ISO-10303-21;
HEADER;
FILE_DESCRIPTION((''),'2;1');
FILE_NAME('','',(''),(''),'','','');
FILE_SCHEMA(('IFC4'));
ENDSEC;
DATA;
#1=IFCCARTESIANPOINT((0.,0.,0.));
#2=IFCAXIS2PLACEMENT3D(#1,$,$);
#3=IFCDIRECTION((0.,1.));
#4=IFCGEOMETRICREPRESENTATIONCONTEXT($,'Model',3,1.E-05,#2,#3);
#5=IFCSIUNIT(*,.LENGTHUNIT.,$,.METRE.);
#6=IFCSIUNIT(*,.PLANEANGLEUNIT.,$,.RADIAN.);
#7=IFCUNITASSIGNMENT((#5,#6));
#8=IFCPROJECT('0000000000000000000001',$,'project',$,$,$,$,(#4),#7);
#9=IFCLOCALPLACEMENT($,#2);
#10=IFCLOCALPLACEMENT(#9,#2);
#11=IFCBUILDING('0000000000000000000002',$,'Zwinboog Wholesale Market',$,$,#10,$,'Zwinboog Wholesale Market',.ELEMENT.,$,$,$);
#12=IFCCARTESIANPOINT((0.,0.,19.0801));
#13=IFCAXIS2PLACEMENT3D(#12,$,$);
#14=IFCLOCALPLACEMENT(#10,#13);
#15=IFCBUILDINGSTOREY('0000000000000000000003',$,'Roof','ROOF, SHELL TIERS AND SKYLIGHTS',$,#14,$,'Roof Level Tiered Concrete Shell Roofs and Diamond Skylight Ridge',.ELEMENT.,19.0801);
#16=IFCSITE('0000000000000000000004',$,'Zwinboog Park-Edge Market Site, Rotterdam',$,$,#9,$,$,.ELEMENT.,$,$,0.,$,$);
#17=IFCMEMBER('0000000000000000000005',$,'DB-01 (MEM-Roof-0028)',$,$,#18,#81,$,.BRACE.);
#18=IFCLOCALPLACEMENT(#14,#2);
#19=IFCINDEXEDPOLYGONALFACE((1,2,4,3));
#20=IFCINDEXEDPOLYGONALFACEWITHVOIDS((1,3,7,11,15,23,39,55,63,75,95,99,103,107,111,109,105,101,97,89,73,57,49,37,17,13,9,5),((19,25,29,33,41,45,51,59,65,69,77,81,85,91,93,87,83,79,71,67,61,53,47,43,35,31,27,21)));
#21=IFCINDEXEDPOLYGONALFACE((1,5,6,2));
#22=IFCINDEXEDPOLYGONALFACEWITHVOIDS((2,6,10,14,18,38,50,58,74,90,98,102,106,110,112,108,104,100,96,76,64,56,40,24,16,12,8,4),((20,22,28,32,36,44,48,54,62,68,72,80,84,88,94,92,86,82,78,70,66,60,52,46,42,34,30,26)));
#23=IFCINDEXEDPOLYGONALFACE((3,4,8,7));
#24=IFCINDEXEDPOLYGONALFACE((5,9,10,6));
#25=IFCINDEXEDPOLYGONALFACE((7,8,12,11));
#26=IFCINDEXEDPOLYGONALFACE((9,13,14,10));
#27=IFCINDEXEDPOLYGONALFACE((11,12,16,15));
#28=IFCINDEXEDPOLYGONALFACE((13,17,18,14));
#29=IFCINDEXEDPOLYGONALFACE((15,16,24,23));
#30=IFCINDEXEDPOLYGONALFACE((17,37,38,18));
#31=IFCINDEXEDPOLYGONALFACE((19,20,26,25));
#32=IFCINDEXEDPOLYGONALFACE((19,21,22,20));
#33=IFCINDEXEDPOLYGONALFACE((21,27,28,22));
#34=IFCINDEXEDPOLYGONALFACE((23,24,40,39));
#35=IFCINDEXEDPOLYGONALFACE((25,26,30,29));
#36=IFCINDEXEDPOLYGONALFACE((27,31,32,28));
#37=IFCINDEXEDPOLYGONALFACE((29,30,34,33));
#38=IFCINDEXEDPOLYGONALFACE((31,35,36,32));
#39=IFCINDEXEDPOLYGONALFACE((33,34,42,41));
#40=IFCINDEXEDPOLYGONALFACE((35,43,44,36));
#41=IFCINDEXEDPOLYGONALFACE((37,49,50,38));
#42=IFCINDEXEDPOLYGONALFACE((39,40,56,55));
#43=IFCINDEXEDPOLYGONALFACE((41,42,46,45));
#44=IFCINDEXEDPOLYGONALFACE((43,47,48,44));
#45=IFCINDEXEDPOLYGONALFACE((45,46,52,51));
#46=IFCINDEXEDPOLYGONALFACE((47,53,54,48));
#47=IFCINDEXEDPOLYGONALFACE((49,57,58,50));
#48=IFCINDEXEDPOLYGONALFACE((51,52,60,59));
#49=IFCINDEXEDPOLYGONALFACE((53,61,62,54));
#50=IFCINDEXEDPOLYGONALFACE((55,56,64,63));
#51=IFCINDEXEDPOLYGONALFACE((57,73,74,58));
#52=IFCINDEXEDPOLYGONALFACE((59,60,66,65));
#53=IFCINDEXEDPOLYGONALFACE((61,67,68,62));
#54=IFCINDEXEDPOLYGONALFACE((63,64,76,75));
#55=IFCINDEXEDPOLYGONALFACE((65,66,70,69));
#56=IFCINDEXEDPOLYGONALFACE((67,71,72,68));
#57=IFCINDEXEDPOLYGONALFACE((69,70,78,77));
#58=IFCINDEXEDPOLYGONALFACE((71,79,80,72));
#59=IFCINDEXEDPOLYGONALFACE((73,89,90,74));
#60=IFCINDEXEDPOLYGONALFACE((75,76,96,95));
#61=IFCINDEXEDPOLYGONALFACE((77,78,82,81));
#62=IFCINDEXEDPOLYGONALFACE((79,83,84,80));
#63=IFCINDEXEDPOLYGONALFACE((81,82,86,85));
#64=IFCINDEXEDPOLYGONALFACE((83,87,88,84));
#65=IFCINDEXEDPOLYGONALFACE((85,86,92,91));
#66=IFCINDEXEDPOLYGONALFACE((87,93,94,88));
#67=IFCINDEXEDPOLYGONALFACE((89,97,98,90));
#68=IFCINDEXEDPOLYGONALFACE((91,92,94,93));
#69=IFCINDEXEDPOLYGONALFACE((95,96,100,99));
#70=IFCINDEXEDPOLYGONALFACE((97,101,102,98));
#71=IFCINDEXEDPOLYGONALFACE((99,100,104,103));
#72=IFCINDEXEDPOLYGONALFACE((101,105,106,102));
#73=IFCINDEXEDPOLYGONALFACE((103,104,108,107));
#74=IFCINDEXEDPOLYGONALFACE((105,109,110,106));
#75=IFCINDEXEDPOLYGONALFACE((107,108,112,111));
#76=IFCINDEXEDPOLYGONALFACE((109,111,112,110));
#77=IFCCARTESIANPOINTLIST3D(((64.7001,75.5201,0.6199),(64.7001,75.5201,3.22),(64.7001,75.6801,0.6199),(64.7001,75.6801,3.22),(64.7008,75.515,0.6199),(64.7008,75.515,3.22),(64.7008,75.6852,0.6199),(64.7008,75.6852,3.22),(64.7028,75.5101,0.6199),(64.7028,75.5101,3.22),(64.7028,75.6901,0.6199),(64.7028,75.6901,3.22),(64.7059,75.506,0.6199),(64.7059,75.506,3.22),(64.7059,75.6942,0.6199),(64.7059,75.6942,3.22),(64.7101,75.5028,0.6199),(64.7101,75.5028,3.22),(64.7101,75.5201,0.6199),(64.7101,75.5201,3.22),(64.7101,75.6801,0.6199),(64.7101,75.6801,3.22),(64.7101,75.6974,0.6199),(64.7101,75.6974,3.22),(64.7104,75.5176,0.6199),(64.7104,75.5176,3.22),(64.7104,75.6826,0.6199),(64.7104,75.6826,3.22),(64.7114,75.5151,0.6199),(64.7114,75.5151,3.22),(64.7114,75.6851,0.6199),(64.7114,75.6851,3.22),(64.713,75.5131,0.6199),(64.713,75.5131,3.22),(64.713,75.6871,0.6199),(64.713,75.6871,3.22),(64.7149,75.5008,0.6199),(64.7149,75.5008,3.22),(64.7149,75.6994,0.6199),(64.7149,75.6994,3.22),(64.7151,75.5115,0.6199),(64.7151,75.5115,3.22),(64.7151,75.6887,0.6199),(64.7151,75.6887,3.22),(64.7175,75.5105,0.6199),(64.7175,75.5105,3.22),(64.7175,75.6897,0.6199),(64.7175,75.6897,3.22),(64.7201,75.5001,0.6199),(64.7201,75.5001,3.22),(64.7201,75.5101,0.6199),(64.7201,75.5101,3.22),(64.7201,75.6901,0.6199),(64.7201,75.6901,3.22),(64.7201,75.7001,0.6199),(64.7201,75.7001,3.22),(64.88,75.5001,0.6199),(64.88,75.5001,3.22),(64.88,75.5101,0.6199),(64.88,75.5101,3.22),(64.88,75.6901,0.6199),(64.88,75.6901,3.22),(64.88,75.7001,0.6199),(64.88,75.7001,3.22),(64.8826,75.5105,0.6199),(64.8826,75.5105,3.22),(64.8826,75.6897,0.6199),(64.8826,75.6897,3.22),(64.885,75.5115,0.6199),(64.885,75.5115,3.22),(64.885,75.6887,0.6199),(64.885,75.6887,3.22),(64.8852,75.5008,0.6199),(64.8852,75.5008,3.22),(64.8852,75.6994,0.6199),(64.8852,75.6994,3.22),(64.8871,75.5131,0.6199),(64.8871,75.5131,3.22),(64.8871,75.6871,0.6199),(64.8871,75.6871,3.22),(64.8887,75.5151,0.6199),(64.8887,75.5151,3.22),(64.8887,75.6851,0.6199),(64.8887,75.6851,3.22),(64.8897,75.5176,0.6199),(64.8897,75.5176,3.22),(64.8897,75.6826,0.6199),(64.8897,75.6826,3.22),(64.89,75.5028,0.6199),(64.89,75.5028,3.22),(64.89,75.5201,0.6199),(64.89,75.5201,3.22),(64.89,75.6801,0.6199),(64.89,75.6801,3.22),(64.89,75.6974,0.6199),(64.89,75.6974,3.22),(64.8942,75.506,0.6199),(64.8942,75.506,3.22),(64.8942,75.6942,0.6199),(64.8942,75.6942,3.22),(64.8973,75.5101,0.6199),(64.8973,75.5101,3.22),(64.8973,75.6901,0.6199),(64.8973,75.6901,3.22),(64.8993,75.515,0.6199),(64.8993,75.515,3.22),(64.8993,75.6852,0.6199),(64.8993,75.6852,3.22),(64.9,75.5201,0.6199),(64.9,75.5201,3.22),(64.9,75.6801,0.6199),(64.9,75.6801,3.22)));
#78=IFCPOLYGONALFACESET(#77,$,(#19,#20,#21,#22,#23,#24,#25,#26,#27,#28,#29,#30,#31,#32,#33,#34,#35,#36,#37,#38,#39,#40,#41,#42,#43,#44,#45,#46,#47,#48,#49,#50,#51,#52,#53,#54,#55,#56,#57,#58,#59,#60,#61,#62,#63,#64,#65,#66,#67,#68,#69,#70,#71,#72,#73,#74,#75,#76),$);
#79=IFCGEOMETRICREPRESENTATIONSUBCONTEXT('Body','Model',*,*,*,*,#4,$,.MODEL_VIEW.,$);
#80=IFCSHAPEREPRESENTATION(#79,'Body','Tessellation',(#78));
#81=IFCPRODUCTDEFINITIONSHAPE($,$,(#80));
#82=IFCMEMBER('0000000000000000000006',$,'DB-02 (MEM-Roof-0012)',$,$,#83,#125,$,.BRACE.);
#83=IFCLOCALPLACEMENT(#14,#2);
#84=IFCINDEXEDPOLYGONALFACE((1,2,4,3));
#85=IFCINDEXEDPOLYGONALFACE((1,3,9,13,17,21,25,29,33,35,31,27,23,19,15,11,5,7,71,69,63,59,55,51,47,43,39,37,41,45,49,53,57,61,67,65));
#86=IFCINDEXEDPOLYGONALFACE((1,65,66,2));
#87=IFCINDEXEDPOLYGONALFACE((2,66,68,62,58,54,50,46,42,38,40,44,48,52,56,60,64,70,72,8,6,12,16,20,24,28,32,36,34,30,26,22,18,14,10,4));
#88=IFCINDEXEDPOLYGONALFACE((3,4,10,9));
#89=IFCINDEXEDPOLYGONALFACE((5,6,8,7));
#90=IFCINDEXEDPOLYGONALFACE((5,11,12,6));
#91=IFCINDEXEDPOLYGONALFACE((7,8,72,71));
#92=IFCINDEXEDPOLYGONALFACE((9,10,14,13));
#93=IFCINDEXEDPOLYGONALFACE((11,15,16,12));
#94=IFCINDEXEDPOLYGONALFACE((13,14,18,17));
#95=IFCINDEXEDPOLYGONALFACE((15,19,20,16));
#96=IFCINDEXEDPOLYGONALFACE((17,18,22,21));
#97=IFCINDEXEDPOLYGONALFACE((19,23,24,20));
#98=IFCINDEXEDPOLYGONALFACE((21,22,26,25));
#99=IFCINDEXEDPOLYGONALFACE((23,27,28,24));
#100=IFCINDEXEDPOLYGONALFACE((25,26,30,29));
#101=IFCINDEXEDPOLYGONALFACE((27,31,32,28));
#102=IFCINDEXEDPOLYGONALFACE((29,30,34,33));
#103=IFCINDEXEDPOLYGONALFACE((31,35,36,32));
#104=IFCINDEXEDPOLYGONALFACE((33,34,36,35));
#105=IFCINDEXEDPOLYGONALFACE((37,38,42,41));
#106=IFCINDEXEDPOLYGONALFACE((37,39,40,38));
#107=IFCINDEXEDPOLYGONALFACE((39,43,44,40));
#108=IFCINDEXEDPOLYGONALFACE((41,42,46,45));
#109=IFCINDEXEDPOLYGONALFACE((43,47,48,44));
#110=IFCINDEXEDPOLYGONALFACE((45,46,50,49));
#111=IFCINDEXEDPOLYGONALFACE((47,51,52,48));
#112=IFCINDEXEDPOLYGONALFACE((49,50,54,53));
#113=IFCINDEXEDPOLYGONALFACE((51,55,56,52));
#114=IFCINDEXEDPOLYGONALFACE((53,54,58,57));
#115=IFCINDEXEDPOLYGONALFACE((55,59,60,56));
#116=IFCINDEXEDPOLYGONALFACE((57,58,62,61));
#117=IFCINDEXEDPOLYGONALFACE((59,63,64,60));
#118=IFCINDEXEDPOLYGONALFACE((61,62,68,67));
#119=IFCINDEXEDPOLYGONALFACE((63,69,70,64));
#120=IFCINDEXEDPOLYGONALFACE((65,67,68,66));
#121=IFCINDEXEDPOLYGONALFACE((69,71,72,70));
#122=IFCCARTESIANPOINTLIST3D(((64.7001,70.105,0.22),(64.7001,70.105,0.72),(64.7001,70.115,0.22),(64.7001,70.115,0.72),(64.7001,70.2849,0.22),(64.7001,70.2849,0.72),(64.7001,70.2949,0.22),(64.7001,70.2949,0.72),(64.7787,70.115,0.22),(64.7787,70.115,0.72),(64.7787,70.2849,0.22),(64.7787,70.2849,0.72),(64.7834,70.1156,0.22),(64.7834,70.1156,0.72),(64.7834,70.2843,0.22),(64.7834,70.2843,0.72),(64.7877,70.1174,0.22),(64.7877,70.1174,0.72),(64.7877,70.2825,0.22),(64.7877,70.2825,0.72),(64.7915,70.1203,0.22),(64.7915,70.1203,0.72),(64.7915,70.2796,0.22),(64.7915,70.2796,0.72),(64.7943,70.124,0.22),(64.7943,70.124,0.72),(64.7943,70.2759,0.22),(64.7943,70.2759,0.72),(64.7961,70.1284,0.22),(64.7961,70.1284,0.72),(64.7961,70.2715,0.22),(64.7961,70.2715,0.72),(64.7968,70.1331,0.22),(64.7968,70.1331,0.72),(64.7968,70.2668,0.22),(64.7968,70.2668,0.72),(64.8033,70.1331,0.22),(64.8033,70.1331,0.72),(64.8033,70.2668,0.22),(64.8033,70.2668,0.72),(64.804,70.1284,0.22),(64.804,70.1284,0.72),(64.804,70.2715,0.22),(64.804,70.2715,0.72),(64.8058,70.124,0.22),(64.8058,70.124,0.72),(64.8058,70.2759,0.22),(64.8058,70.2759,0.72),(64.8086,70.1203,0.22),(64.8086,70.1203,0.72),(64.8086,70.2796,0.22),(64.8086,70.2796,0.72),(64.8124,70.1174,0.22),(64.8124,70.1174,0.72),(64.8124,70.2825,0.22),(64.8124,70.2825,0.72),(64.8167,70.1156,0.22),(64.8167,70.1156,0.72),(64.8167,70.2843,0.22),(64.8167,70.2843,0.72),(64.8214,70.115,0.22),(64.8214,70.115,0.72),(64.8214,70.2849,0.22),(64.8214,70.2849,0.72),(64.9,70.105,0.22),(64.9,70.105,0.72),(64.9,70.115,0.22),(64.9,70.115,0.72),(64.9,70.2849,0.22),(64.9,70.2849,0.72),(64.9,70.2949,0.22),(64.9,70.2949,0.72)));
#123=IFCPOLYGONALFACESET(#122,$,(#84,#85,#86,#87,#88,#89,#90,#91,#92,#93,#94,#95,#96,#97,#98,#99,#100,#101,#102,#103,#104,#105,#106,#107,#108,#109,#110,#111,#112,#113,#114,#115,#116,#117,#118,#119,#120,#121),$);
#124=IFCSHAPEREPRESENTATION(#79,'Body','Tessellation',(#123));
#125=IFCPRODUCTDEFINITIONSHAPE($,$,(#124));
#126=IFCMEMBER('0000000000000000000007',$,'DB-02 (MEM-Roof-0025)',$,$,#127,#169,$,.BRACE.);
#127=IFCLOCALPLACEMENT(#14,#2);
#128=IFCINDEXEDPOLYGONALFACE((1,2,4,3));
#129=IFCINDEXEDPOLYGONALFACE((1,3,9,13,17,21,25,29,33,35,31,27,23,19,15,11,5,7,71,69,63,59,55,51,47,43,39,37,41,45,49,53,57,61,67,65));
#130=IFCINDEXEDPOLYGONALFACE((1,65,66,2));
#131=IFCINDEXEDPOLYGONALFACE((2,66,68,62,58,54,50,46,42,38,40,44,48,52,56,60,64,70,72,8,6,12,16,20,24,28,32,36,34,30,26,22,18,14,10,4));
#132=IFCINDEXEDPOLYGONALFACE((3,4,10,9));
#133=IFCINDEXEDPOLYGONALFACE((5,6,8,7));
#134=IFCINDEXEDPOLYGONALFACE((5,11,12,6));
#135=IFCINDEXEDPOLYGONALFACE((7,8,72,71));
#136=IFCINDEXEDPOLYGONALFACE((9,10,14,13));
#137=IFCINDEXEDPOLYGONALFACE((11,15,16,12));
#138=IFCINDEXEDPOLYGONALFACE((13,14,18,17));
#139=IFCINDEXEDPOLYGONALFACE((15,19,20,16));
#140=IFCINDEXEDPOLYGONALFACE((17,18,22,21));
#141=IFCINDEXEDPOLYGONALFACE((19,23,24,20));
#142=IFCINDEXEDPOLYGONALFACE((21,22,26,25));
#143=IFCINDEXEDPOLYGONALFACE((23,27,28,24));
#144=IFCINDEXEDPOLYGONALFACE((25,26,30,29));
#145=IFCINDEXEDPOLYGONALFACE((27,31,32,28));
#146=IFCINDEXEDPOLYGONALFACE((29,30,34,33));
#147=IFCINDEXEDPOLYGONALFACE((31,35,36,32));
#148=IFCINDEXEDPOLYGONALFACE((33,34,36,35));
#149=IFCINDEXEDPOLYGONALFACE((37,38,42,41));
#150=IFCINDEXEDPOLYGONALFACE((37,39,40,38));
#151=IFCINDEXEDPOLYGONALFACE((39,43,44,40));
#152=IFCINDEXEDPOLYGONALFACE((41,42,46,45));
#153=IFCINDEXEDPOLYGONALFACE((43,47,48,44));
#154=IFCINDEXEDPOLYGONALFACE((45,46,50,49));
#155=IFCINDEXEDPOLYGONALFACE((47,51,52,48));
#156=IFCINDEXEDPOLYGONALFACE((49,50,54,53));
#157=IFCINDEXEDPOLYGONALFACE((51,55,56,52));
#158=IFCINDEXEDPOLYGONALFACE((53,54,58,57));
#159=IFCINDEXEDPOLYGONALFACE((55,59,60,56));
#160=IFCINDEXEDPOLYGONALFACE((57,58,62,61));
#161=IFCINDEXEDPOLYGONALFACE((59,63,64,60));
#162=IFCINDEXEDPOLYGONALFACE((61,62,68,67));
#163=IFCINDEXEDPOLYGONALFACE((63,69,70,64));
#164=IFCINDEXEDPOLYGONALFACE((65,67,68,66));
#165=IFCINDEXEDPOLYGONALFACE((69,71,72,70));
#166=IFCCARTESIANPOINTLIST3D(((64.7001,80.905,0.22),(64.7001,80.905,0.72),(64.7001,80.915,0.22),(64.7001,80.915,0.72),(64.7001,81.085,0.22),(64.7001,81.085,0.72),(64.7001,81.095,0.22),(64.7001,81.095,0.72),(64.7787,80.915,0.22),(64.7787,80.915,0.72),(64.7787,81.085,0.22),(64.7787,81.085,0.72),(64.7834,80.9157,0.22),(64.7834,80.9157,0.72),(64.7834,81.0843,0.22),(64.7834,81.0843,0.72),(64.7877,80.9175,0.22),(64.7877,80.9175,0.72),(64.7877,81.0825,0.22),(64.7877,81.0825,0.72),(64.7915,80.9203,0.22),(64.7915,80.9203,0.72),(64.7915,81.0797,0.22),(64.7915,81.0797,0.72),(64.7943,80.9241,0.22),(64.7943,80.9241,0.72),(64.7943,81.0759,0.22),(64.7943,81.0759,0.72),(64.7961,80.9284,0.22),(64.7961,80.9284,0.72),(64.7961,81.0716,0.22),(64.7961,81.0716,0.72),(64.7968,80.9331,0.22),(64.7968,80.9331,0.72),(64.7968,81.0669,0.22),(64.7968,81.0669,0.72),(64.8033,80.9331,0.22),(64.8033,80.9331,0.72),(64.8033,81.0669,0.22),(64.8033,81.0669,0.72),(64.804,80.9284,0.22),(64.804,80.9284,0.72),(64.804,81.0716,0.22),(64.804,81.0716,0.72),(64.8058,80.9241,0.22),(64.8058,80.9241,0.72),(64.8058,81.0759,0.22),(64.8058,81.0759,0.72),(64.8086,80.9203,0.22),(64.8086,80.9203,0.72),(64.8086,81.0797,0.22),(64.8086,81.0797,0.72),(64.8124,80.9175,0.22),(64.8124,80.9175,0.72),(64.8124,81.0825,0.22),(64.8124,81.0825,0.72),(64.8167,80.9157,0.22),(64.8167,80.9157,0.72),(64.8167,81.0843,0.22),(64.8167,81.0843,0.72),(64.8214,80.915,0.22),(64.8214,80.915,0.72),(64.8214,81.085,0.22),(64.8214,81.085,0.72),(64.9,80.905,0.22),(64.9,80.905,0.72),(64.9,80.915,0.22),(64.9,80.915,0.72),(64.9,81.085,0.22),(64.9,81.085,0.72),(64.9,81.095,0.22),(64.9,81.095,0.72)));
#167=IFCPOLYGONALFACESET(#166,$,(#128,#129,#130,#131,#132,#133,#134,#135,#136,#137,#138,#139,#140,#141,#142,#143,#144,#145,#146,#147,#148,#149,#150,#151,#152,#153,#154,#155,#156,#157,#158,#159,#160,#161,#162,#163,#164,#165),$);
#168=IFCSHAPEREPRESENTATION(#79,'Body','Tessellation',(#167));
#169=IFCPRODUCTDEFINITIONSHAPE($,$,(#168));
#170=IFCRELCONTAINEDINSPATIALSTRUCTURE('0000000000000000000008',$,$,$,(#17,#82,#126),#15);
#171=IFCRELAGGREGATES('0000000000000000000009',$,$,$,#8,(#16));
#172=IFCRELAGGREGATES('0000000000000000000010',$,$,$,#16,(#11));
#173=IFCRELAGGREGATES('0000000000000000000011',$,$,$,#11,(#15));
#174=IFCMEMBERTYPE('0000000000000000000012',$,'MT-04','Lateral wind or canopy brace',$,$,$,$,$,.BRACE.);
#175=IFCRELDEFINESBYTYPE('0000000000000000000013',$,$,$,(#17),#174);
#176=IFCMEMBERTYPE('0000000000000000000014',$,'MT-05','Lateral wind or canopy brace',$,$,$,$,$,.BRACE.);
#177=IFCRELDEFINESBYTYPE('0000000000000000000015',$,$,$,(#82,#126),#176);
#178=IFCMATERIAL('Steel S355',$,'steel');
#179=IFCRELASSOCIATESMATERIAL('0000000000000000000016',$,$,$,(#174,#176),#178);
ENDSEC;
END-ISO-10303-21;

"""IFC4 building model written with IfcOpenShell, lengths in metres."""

from ifc_helpers import new_model, si_unit, direction, frame, origin, origin_2d, place, context, subcontext, project, spatial, hollow_rectangle, i_section, extrude, material, material_profile, profile_set, type_object, element, save


model = new_model("IFC4")

# Units and contexts
model_context = context("Model", 3, precision=1e-05, world=origin(), true_north=direction((0.0, 1.0)))
body_context = subcontext(model_context, "Body", "Model", "MODEL_VIEW")
ifc_project = project(units=[si_unit("LENGTHUNIT", "METRE"), si_unit("PLANEANGLEUNIT", "RADIAN")], contexts=[model_context])

# Site, building, storey
site_placement = place(None, origin())
site = spatial("IfcSite", under=ifc_project, at=site_placement, Name="Zwinboog Park-Edge Market Site, Rotterdam", CompositionType="ELEMENT", RefElevation=0.0)
building_placement = place(site_placement, origin())
building = spatial("IfcBuilding", under=site, at=building_placement, Name="Zwinboog Wholesale Market", LongName="Zwinboog Wholesale Market", CompositionType="ELEMENT")
storey_placement = place(building_placement, frame((0.0, 0.0, 19.0801)))
storey = spatial("IfcBuildingStorey", under=building, at=storey_placement, Name="Roof", Description="ROOF, SHELL TIERS AND SKYLIGHTS", LongName="Roof Level Tiered Concrete Shell Roofs and Diamond Skylight Ridge", CompositionType="ELEMENT", Elevation=19.0801)

# Members
ifc_material_1 = material(Name="Steel S355", Category="steel")
ifc_material_profile_1 = material_profile(ifc_material_1, hollow_rectangle(XDim=0.2, YDim=0.2, WallThickness=0.01, InnerFilletRadius=0.01, OuterFilletRadius=0.02, at=origin_2d()), Name="SHS 200x200x10")
ifc_profile_set_1 = profile_set([ifc_material_profile_1], Name="Steel S355")
member_type_1 = type_object("IfcMemberType", Name="MT-04", Description="Lateral wind or canopy brace", PredefinedType="BRACE", material=ifc_profile_set_1)
member_1_placement = place(storey_placement, frame((64.8, 75.6001, 0.6199), z_axis=(0.0, 0.0, 1.0), x_axis=(1.0, 0.0, 0.0)))
element("IfcMember", 1, at=member_1_placement, inside=storey, type_object=member_type_1, Name="DB-01 (MEM-Roof-0028)", PredefinedType="BRACE", context=body_context, shape_type="SweptSolid", body=[
    extrude(hollow_rectangle(XDim=0.2, YDim=0.2, WallThickness=0.01, InnerFilletRadius=0.01, OuterFilletRadius=0.02, at=origin_2d()), origin(), (0.0, 0.0, 1.0), 2.6001),
])
ifc_material_profile_2 = material_profile(ifc_material_1, i_section(OverallWidth=0.2, OverallDepth=0.1899, WebThickness=0.0066, FlangeThickness=0.01, FilletRadius=0.0181, at=origin_2d()), Name="HEA 200")
ifc_profile_set_2 = profile_set([ifc_material_profile_2], Name="Steel S355")
member_type_2 = type_object("IfcMemberType", Name="MT-05", Description="Lateral wind or canopy brace", PredefinedType="BRACE", material=ifc_profile_set_2)
for number, where, z_axis, x_axis, name in (
    (2, (64.8, 70.2, 0.22), (0.0, 0.0, 1.0), (1.0, 0.0, 0.0), "DB-02 (MEM-Roof-0012)"),
    (3, (64.8, 81.0, 0.22), (0.0, 0.0, 1.0), (1.0, 0.0, 0.0), "DB-02 (MEM-Roof-0025)"),
):
    element("IfcMember", number, at=place(storey_placement, frame(where, z_axis=z_axis, x_axis=x_axis)), inside=storey, type_object=member_type_2, Name=name, PredefinedType="BRACE", context=body_context, shape_type="SweptSolid", body=[
        extrude(i_section(OverallWidth=0.2, OverallDepth=0.1899, WebThickness=0.0066, FlangeThickness=0.01, FilletRadius=0.0181, at=origin_2d()), origin(), (0.0, 0.0, 1.0), 0.5),
    ])

save(model, "model.ifc")
